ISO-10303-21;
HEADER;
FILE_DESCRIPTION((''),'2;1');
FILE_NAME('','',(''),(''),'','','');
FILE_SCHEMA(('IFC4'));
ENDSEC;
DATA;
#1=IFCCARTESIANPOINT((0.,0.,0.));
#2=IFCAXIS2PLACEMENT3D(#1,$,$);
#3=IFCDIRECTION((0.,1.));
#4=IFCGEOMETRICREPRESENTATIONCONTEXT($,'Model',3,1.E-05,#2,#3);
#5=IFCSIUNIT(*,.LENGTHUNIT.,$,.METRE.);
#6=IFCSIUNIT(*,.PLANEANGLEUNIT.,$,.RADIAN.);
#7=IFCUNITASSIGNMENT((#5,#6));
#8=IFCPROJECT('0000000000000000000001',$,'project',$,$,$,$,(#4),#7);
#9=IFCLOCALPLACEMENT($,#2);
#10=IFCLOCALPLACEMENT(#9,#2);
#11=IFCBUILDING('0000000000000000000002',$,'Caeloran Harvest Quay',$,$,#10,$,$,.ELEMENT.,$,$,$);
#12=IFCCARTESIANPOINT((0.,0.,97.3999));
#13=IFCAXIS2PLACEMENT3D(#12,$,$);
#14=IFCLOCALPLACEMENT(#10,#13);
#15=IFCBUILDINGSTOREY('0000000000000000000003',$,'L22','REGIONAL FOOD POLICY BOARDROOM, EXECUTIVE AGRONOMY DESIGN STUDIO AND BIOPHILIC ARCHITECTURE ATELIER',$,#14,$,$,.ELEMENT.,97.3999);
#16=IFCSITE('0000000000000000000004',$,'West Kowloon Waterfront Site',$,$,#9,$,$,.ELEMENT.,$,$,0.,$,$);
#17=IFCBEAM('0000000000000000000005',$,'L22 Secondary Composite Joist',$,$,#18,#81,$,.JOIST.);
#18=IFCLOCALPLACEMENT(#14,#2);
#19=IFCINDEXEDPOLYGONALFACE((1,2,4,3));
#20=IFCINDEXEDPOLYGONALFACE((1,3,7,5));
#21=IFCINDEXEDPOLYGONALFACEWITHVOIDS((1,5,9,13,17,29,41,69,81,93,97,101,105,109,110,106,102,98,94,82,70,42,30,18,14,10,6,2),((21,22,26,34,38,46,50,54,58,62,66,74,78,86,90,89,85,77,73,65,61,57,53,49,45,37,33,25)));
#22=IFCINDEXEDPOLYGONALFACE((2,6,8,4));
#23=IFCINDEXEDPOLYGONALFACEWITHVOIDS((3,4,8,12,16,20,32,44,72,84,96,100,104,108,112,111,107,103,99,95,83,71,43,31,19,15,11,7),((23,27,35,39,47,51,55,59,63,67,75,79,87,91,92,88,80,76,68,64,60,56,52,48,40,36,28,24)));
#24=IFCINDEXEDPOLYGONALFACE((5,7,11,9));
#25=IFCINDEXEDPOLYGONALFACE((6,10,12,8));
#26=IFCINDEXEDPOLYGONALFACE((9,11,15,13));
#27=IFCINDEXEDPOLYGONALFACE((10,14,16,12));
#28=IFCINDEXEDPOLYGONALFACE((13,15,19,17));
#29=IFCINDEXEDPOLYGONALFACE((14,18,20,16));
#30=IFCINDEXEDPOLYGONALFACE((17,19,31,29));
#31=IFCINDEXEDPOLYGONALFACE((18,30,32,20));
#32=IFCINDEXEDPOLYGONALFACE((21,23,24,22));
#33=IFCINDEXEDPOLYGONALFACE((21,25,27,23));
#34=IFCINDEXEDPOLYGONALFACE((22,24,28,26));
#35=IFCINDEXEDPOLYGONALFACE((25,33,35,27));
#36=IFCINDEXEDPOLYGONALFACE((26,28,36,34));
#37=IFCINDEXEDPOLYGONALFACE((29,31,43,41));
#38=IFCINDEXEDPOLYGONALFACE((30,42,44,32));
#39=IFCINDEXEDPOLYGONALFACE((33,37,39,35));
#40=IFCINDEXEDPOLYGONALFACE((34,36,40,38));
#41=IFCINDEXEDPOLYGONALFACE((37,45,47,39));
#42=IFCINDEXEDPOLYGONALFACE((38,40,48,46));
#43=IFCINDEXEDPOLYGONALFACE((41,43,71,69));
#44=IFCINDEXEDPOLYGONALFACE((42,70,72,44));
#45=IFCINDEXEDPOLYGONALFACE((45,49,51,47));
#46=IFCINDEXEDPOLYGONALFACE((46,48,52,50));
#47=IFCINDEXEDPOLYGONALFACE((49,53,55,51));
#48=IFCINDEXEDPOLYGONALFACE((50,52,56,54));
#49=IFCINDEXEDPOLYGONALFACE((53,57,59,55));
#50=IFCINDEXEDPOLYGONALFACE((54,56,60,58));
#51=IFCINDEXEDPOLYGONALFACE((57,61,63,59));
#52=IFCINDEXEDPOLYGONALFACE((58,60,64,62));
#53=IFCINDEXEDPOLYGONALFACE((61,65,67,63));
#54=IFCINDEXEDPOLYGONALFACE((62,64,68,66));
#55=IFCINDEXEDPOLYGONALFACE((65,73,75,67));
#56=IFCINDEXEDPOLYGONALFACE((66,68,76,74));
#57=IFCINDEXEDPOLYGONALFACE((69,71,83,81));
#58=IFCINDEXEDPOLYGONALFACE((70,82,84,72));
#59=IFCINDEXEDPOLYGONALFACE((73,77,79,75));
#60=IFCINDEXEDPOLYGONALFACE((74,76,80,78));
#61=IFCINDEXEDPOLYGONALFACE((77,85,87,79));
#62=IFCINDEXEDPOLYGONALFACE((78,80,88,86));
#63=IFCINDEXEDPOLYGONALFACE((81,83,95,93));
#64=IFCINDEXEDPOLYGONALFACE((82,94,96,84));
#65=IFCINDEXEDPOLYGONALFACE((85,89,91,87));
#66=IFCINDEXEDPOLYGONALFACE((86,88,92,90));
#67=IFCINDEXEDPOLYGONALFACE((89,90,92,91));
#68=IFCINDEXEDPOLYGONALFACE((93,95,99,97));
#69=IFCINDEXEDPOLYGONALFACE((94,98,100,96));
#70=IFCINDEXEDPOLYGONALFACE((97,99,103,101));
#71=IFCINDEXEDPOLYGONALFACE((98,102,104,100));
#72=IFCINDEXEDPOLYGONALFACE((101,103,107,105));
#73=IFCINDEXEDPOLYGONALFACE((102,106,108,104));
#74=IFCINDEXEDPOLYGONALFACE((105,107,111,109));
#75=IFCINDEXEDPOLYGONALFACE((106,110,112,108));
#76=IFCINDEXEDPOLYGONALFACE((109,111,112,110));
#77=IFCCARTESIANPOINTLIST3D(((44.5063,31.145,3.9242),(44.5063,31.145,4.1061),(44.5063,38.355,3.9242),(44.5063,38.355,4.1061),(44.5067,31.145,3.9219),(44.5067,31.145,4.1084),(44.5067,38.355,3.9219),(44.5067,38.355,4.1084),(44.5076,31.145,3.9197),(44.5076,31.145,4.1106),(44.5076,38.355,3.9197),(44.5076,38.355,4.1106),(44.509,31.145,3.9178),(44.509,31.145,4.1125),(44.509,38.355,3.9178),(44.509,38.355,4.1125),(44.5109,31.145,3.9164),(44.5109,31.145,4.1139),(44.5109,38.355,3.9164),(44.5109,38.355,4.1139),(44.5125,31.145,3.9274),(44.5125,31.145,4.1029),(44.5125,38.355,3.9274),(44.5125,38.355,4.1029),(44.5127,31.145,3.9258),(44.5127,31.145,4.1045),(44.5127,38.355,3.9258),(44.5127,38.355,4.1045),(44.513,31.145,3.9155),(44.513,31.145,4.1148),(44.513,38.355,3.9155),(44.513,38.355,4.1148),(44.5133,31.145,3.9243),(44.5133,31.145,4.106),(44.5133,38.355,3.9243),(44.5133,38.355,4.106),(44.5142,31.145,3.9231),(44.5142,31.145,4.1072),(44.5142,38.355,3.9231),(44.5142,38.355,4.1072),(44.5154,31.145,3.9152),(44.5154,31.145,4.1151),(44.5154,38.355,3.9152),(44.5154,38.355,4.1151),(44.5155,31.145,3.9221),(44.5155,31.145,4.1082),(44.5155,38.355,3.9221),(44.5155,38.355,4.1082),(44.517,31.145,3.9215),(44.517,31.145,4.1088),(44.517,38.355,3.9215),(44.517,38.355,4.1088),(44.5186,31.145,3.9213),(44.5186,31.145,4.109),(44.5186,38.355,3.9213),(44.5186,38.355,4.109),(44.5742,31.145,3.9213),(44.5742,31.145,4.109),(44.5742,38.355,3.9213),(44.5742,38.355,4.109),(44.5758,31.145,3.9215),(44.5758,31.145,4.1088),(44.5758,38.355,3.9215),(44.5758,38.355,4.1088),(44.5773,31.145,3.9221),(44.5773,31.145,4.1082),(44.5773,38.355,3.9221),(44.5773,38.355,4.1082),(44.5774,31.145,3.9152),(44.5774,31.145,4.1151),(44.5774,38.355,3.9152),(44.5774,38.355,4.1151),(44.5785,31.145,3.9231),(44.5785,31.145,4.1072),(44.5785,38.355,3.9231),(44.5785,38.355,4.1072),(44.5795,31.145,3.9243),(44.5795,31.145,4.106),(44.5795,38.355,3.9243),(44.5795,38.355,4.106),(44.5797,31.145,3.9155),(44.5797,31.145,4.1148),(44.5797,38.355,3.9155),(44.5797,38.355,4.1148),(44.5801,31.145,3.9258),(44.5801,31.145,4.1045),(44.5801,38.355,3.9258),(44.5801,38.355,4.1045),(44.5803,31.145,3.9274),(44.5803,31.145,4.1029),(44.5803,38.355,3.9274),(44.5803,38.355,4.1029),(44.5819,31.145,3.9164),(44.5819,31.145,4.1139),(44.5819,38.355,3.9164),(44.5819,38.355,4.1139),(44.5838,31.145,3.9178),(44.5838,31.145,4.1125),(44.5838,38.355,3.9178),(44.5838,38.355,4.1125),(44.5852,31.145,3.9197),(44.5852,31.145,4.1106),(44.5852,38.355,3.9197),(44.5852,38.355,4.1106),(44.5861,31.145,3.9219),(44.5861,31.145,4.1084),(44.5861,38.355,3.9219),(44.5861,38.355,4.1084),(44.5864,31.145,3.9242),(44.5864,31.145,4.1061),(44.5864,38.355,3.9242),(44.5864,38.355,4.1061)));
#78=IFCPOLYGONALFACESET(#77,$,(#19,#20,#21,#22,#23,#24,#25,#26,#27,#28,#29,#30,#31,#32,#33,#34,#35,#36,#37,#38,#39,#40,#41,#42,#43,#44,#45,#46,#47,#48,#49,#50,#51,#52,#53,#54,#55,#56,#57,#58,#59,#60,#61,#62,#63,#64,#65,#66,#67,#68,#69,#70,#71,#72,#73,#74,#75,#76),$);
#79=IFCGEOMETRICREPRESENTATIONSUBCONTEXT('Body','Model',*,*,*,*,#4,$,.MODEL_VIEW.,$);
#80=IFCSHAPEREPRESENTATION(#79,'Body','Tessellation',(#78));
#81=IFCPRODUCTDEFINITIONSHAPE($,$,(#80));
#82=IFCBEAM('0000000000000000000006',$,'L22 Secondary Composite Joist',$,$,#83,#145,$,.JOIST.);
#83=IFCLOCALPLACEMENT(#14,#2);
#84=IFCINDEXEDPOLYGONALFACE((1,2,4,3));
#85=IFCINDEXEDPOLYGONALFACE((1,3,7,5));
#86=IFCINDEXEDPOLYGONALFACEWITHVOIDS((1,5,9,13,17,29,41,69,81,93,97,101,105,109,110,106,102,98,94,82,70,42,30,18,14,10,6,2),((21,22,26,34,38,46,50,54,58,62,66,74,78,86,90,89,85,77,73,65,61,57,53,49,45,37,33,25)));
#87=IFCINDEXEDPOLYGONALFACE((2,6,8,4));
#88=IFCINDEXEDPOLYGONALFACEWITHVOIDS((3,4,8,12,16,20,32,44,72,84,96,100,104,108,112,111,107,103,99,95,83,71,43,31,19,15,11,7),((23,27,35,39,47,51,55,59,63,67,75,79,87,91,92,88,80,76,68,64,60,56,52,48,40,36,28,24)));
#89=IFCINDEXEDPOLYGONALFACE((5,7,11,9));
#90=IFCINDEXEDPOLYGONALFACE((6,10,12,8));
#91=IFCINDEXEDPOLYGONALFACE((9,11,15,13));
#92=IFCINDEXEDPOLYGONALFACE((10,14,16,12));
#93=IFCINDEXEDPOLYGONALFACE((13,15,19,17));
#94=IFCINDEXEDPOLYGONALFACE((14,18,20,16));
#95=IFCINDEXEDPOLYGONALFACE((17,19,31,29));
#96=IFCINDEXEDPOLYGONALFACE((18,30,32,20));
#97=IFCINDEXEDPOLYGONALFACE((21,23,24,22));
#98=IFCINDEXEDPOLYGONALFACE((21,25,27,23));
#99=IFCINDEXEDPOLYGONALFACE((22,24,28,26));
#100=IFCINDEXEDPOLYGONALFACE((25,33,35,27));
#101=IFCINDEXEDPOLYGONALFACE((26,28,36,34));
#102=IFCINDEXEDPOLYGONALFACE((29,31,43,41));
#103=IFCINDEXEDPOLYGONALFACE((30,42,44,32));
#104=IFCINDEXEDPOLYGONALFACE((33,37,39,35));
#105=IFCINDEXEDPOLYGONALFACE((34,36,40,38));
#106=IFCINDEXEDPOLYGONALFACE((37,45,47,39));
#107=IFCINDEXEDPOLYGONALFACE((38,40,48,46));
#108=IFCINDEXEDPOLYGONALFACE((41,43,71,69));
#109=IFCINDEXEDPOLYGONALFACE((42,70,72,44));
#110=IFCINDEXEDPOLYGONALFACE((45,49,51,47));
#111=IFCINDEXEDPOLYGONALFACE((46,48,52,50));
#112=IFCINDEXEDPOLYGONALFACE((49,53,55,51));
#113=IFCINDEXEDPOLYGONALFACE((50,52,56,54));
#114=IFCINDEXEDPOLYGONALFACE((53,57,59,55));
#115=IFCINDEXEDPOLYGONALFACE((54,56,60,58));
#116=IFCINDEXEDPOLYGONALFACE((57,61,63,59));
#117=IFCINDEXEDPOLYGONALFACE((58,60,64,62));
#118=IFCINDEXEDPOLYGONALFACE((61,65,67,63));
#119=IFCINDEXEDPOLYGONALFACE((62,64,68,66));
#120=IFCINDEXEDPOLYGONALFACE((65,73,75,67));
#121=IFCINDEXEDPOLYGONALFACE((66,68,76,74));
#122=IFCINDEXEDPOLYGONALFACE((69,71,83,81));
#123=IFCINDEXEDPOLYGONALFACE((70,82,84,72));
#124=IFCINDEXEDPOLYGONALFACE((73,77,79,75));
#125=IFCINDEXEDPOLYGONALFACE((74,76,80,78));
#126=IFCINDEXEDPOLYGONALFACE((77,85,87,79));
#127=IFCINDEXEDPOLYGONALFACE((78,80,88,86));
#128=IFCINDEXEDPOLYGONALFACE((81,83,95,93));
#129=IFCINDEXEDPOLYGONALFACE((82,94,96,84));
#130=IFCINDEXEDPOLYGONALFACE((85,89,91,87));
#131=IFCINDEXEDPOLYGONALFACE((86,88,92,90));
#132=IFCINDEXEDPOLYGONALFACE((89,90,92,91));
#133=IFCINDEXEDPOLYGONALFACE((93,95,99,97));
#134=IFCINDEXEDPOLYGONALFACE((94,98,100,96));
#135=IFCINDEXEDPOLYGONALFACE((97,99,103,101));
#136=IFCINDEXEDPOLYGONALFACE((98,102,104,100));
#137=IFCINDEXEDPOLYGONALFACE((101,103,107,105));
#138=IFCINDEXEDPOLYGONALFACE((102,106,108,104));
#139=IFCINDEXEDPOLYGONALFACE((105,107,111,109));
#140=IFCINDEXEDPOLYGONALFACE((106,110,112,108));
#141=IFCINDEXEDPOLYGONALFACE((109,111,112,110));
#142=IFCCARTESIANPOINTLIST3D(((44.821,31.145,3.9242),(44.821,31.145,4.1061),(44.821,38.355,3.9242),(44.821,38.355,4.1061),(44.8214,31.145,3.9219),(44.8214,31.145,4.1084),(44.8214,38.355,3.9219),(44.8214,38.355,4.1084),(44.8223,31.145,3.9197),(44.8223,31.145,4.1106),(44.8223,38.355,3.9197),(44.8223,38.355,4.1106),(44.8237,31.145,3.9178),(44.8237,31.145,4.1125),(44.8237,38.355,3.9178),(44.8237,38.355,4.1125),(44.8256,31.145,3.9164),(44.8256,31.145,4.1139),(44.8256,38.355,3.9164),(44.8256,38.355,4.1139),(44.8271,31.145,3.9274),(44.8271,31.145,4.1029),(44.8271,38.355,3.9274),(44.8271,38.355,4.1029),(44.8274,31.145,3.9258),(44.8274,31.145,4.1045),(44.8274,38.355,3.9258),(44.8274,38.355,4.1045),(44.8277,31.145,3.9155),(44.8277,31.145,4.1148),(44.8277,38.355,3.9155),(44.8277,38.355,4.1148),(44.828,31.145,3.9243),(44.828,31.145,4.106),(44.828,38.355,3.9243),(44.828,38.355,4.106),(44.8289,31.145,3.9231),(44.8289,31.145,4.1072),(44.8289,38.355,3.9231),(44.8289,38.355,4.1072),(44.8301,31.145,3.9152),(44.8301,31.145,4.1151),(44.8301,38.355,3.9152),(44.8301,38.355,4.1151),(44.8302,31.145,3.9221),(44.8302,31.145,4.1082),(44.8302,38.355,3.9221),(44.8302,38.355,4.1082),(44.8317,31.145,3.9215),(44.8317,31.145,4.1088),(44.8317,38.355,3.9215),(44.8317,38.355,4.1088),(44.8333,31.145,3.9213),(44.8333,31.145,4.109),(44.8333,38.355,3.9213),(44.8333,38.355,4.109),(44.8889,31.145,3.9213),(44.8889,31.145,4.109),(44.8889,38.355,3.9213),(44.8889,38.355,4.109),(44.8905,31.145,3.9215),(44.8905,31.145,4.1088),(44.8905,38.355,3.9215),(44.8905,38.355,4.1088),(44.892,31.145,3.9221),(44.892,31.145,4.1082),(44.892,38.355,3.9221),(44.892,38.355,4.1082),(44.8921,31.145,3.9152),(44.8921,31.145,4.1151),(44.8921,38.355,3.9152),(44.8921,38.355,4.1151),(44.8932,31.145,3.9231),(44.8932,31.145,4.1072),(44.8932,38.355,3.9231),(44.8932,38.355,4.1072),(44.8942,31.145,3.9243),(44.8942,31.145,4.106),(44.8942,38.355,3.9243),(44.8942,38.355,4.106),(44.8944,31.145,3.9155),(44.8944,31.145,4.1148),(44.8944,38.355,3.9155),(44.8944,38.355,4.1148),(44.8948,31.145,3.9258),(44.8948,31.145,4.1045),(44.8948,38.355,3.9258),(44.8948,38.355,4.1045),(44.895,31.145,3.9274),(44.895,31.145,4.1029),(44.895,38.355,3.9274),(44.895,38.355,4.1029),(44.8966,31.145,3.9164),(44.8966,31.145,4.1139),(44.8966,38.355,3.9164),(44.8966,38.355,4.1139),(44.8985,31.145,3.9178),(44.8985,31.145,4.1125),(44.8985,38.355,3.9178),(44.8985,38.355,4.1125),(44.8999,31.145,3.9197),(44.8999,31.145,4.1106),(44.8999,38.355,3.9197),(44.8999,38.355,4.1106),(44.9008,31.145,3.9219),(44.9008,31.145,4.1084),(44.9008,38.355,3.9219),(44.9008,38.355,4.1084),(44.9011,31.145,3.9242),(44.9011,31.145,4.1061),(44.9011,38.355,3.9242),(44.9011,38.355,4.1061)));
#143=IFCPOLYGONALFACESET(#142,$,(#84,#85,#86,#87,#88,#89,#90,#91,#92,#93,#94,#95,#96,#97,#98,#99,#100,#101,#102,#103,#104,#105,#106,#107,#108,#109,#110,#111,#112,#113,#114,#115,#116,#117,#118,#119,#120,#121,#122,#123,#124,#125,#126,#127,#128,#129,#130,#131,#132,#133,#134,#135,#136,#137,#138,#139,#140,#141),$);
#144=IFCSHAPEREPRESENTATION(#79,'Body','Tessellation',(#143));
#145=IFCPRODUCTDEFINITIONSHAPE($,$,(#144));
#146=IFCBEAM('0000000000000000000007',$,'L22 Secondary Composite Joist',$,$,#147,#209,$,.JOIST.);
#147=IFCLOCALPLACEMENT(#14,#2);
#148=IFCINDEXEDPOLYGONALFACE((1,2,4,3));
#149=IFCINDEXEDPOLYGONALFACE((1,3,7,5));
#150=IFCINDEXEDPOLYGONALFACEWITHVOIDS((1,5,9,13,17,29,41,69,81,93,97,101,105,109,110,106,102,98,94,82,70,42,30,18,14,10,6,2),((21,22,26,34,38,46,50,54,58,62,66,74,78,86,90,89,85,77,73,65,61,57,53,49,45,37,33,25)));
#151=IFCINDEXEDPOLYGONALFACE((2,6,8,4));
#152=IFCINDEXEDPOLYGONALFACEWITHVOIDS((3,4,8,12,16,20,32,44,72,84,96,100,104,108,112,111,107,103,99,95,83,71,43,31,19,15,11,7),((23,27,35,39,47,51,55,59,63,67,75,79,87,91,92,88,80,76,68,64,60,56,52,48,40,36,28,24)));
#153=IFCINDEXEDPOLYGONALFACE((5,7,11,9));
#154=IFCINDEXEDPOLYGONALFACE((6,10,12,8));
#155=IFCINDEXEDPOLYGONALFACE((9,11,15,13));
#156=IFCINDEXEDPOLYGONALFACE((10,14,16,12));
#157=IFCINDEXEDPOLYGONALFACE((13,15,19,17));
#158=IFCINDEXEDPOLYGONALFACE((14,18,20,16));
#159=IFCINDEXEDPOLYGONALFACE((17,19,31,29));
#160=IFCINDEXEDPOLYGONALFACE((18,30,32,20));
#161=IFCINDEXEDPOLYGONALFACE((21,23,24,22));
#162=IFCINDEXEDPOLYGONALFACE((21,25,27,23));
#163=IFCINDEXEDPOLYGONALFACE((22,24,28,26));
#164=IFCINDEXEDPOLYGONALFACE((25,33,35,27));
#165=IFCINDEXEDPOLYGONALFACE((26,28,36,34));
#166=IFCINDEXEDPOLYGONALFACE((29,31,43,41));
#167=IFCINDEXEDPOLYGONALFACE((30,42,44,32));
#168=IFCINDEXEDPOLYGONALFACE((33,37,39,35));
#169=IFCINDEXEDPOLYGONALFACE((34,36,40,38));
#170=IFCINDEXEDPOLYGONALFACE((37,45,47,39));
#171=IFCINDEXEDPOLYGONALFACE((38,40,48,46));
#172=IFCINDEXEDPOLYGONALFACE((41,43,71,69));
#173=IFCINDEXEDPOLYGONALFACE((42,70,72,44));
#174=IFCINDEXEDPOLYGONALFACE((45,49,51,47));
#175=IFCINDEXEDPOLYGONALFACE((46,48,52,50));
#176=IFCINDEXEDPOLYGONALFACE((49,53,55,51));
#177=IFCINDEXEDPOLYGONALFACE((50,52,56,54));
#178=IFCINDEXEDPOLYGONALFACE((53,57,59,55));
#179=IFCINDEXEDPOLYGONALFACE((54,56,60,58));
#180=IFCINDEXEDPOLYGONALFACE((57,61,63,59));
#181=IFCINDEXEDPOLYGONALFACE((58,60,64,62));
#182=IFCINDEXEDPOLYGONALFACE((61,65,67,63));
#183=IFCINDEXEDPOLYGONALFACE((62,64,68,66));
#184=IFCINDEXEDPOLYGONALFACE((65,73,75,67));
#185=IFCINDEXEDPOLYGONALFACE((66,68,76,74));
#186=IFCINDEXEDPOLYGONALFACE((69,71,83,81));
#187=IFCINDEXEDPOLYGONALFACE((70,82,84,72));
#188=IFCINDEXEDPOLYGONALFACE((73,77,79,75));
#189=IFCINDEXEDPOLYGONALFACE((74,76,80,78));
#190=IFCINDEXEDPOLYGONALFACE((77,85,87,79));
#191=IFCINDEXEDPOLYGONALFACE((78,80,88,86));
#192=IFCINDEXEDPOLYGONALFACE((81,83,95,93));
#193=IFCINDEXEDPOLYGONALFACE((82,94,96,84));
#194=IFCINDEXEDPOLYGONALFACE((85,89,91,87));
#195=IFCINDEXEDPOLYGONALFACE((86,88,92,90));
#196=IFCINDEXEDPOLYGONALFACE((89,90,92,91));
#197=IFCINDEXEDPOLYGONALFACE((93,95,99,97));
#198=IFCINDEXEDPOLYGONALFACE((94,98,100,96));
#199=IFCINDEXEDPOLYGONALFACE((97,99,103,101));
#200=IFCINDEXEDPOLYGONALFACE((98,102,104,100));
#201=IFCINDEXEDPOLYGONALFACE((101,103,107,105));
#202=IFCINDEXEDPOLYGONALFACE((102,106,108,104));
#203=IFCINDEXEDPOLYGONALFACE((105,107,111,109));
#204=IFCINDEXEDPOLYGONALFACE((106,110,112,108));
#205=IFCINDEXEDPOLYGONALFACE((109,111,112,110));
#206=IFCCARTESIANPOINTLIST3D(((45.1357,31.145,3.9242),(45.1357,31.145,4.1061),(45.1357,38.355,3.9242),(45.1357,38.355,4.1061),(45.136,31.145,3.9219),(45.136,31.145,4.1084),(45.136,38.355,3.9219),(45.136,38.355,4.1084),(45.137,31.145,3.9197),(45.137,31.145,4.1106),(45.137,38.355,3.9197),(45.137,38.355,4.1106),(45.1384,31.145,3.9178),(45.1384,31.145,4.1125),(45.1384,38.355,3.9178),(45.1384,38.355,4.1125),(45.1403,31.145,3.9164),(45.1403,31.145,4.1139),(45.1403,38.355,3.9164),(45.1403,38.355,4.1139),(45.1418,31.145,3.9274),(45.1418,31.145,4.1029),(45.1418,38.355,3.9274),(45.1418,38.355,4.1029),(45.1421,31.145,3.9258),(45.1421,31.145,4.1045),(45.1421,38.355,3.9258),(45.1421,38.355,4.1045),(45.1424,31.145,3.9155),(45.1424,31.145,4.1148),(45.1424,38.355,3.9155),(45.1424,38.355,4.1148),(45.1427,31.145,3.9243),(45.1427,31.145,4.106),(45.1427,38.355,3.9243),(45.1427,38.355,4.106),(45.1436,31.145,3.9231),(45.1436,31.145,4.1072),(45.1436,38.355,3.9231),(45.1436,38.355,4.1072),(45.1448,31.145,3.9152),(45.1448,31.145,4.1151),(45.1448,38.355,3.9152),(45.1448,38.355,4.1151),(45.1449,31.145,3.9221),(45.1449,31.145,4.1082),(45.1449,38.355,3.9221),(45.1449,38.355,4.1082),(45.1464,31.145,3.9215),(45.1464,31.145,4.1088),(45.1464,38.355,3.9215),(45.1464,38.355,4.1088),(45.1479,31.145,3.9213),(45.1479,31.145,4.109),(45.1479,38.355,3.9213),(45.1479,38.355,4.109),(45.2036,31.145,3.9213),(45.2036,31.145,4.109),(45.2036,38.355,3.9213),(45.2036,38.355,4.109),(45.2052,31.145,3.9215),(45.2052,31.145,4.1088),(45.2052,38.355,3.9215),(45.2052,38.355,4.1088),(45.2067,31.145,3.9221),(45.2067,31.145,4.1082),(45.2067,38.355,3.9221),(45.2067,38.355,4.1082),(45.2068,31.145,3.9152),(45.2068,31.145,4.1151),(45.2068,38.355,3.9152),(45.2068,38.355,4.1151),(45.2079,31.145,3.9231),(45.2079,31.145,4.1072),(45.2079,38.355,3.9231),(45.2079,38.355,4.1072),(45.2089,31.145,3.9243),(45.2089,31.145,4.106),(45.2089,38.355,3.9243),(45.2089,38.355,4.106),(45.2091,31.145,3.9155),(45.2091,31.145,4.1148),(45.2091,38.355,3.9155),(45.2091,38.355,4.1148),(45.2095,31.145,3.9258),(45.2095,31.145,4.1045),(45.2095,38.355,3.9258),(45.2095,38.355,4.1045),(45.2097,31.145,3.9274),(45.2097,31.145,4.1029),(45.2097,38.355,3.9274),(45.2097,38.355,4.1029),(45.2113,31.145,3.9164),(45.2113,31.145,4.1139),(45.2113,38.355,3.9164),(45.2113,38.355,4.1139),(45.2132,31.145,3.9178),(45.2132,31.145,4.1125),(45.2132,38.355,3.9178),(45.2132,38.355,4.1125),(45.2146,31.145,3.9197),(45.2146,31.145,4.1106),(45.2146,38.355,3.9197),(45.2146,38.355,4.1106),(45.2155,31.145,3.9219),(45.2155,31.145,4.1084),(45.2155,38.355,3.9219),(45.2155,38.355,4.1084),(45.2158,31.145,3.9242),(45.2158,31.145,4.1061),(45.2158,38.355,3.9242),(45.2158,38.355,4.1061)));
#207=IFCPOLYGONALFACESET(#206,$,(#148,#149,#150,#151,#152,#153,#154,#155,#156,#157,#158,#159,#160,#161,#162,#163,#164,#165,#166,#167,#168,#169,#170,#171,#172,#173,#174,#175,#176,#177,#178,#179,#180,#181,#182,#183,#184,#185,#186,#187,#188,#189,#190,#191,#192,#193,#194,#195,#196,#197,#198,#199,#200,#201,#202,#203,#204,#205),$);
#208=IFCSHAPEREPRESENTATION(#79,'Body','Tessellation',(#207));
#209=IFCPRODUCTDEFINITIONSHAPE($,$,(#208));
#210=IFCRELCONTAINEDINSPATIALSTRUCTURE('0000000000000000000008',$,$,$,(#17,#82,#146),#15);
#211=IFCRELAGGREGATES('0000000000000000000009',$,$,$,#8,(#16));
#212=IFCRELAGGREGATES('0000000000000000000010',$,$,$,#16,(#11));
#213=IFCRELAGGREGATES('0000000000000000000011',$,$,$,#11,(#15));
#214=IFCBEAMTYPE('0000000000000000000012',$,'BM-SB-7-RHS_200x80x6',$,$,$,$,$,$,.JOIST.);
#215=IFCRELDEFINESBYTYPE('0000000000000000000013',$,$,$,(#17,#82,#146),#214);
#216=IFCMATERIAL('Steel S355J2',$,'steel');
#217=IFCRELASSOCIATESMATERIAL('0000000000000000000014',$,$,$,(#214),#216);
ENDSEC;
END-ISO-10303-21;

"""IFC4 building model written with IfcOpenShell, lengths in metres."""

from ifc_helpers import new_model, si_unit, direction, frame, origin, origin_2d, place, context, subcontext, project, spatial, hollow_rectangle, extrude, material, material_profile, profile_set, type_object, element, save


model = new_model("IFC4")

# Units and contexts
model_context = context("Model", 3, precision=1e-05, world=origin(), true_north=direction((0.0, 1.0)))
body_context = subcontext(model_context, "Body", "Model", "MODEL_VIEW")
ifc_project = project(units=[si_unit("LENGTHUNIT", "METRE"), si_unit("PLANEANGLEUNIT", "RADIAN")], contexts=[model_context])

# Site, building, storey
site_placement = place(None, origin())
site = spatial("IfcSite", under=ifc_project, at=site_placement, Name="West Kowloon Waterfront Site", CompositionType="ELEMENT", RefElevation=0.0)
building_placement = place(site_placement, origin())
building = spatial("IfcBuilding", under=site, at=building_placement, Name="Caeloran Harvest Quay", CompositionType="ELEMENT")
storey_placement = place(building_placement, frame((0.0, 0.0, 97.3999)))
storey = spatial("IfcBuildingStorey", under=building, at=storey_placement, Name="L22", Description="REGIONAL FOOD POLICY BOARDROOM, EXECUTIVE AGRONOMY DESIGN STUDIO AND BIOPHILIC ARCHITECTURE ATELIER", CompositionType="ELEMENT", Elevation=97.3999)

# Beams
ifc_material_1 = material(Name="Steel S355J2", Category="steel")
ifc_material_profile_1 = material_profile(ifc_material_1, hollow_rectangle(XDim=0.0801, YDim=0.2, WallThickness=0.0061, InnerFilletRadius=0.0061, OuterFilletRadius=0.009, at=origin_2d()), Name="RHS 200x80x6")
ifc_profile_set_1 = profile_set([ifc_material_profile_1], Name="Steel S355J2")
beam_type_1 = type_object("IfcBeamType", Name="BM-SB-7-RHS_200x80x6", PredefinedType="JOIST", material=ifc_profile_set_1)
for number, where, z_axis, x_axis, name in (
    (1, (44.5464, 31.145, 4.0151), (0.0, 1.0, 0.0), (-1.0, 0.0, 0.0), "L22 Secondary Composite Joist"),
    (2, (44.8611, 31.145, 4.0151), (0.0, 1.0, 0.0), (-1.0, 0.0, 0.0), "L22 Secondary Composite Joist"),
    (3, (45.1758, 31.145, 4.0151), (0.0, 1.0, 0.0), (-1.0, 0.0, 0.0), "L22 Secondary Composite Joist"),
):
    element("IfcBeam", number, at=place(storey_placement, frame(where, z_axis=z_axis, x_axis=x_axis)), inside=storey, type_object=beam_type_1, Name=name, PredefinedType="JOIST", context=body_context, shape_type="SweptSolid", body=[
        extrude(hollow_rectangle(XDim=0.0801, YDim=0.2, WallThickness=0.0061, InnerFilletRadius=0.0061, OuterFilletRadius=0.009, at=origin_2d()), origin(), (0.0, 0.0, 1.0), 7.21),
    ])

save(model, "model.ifc")
